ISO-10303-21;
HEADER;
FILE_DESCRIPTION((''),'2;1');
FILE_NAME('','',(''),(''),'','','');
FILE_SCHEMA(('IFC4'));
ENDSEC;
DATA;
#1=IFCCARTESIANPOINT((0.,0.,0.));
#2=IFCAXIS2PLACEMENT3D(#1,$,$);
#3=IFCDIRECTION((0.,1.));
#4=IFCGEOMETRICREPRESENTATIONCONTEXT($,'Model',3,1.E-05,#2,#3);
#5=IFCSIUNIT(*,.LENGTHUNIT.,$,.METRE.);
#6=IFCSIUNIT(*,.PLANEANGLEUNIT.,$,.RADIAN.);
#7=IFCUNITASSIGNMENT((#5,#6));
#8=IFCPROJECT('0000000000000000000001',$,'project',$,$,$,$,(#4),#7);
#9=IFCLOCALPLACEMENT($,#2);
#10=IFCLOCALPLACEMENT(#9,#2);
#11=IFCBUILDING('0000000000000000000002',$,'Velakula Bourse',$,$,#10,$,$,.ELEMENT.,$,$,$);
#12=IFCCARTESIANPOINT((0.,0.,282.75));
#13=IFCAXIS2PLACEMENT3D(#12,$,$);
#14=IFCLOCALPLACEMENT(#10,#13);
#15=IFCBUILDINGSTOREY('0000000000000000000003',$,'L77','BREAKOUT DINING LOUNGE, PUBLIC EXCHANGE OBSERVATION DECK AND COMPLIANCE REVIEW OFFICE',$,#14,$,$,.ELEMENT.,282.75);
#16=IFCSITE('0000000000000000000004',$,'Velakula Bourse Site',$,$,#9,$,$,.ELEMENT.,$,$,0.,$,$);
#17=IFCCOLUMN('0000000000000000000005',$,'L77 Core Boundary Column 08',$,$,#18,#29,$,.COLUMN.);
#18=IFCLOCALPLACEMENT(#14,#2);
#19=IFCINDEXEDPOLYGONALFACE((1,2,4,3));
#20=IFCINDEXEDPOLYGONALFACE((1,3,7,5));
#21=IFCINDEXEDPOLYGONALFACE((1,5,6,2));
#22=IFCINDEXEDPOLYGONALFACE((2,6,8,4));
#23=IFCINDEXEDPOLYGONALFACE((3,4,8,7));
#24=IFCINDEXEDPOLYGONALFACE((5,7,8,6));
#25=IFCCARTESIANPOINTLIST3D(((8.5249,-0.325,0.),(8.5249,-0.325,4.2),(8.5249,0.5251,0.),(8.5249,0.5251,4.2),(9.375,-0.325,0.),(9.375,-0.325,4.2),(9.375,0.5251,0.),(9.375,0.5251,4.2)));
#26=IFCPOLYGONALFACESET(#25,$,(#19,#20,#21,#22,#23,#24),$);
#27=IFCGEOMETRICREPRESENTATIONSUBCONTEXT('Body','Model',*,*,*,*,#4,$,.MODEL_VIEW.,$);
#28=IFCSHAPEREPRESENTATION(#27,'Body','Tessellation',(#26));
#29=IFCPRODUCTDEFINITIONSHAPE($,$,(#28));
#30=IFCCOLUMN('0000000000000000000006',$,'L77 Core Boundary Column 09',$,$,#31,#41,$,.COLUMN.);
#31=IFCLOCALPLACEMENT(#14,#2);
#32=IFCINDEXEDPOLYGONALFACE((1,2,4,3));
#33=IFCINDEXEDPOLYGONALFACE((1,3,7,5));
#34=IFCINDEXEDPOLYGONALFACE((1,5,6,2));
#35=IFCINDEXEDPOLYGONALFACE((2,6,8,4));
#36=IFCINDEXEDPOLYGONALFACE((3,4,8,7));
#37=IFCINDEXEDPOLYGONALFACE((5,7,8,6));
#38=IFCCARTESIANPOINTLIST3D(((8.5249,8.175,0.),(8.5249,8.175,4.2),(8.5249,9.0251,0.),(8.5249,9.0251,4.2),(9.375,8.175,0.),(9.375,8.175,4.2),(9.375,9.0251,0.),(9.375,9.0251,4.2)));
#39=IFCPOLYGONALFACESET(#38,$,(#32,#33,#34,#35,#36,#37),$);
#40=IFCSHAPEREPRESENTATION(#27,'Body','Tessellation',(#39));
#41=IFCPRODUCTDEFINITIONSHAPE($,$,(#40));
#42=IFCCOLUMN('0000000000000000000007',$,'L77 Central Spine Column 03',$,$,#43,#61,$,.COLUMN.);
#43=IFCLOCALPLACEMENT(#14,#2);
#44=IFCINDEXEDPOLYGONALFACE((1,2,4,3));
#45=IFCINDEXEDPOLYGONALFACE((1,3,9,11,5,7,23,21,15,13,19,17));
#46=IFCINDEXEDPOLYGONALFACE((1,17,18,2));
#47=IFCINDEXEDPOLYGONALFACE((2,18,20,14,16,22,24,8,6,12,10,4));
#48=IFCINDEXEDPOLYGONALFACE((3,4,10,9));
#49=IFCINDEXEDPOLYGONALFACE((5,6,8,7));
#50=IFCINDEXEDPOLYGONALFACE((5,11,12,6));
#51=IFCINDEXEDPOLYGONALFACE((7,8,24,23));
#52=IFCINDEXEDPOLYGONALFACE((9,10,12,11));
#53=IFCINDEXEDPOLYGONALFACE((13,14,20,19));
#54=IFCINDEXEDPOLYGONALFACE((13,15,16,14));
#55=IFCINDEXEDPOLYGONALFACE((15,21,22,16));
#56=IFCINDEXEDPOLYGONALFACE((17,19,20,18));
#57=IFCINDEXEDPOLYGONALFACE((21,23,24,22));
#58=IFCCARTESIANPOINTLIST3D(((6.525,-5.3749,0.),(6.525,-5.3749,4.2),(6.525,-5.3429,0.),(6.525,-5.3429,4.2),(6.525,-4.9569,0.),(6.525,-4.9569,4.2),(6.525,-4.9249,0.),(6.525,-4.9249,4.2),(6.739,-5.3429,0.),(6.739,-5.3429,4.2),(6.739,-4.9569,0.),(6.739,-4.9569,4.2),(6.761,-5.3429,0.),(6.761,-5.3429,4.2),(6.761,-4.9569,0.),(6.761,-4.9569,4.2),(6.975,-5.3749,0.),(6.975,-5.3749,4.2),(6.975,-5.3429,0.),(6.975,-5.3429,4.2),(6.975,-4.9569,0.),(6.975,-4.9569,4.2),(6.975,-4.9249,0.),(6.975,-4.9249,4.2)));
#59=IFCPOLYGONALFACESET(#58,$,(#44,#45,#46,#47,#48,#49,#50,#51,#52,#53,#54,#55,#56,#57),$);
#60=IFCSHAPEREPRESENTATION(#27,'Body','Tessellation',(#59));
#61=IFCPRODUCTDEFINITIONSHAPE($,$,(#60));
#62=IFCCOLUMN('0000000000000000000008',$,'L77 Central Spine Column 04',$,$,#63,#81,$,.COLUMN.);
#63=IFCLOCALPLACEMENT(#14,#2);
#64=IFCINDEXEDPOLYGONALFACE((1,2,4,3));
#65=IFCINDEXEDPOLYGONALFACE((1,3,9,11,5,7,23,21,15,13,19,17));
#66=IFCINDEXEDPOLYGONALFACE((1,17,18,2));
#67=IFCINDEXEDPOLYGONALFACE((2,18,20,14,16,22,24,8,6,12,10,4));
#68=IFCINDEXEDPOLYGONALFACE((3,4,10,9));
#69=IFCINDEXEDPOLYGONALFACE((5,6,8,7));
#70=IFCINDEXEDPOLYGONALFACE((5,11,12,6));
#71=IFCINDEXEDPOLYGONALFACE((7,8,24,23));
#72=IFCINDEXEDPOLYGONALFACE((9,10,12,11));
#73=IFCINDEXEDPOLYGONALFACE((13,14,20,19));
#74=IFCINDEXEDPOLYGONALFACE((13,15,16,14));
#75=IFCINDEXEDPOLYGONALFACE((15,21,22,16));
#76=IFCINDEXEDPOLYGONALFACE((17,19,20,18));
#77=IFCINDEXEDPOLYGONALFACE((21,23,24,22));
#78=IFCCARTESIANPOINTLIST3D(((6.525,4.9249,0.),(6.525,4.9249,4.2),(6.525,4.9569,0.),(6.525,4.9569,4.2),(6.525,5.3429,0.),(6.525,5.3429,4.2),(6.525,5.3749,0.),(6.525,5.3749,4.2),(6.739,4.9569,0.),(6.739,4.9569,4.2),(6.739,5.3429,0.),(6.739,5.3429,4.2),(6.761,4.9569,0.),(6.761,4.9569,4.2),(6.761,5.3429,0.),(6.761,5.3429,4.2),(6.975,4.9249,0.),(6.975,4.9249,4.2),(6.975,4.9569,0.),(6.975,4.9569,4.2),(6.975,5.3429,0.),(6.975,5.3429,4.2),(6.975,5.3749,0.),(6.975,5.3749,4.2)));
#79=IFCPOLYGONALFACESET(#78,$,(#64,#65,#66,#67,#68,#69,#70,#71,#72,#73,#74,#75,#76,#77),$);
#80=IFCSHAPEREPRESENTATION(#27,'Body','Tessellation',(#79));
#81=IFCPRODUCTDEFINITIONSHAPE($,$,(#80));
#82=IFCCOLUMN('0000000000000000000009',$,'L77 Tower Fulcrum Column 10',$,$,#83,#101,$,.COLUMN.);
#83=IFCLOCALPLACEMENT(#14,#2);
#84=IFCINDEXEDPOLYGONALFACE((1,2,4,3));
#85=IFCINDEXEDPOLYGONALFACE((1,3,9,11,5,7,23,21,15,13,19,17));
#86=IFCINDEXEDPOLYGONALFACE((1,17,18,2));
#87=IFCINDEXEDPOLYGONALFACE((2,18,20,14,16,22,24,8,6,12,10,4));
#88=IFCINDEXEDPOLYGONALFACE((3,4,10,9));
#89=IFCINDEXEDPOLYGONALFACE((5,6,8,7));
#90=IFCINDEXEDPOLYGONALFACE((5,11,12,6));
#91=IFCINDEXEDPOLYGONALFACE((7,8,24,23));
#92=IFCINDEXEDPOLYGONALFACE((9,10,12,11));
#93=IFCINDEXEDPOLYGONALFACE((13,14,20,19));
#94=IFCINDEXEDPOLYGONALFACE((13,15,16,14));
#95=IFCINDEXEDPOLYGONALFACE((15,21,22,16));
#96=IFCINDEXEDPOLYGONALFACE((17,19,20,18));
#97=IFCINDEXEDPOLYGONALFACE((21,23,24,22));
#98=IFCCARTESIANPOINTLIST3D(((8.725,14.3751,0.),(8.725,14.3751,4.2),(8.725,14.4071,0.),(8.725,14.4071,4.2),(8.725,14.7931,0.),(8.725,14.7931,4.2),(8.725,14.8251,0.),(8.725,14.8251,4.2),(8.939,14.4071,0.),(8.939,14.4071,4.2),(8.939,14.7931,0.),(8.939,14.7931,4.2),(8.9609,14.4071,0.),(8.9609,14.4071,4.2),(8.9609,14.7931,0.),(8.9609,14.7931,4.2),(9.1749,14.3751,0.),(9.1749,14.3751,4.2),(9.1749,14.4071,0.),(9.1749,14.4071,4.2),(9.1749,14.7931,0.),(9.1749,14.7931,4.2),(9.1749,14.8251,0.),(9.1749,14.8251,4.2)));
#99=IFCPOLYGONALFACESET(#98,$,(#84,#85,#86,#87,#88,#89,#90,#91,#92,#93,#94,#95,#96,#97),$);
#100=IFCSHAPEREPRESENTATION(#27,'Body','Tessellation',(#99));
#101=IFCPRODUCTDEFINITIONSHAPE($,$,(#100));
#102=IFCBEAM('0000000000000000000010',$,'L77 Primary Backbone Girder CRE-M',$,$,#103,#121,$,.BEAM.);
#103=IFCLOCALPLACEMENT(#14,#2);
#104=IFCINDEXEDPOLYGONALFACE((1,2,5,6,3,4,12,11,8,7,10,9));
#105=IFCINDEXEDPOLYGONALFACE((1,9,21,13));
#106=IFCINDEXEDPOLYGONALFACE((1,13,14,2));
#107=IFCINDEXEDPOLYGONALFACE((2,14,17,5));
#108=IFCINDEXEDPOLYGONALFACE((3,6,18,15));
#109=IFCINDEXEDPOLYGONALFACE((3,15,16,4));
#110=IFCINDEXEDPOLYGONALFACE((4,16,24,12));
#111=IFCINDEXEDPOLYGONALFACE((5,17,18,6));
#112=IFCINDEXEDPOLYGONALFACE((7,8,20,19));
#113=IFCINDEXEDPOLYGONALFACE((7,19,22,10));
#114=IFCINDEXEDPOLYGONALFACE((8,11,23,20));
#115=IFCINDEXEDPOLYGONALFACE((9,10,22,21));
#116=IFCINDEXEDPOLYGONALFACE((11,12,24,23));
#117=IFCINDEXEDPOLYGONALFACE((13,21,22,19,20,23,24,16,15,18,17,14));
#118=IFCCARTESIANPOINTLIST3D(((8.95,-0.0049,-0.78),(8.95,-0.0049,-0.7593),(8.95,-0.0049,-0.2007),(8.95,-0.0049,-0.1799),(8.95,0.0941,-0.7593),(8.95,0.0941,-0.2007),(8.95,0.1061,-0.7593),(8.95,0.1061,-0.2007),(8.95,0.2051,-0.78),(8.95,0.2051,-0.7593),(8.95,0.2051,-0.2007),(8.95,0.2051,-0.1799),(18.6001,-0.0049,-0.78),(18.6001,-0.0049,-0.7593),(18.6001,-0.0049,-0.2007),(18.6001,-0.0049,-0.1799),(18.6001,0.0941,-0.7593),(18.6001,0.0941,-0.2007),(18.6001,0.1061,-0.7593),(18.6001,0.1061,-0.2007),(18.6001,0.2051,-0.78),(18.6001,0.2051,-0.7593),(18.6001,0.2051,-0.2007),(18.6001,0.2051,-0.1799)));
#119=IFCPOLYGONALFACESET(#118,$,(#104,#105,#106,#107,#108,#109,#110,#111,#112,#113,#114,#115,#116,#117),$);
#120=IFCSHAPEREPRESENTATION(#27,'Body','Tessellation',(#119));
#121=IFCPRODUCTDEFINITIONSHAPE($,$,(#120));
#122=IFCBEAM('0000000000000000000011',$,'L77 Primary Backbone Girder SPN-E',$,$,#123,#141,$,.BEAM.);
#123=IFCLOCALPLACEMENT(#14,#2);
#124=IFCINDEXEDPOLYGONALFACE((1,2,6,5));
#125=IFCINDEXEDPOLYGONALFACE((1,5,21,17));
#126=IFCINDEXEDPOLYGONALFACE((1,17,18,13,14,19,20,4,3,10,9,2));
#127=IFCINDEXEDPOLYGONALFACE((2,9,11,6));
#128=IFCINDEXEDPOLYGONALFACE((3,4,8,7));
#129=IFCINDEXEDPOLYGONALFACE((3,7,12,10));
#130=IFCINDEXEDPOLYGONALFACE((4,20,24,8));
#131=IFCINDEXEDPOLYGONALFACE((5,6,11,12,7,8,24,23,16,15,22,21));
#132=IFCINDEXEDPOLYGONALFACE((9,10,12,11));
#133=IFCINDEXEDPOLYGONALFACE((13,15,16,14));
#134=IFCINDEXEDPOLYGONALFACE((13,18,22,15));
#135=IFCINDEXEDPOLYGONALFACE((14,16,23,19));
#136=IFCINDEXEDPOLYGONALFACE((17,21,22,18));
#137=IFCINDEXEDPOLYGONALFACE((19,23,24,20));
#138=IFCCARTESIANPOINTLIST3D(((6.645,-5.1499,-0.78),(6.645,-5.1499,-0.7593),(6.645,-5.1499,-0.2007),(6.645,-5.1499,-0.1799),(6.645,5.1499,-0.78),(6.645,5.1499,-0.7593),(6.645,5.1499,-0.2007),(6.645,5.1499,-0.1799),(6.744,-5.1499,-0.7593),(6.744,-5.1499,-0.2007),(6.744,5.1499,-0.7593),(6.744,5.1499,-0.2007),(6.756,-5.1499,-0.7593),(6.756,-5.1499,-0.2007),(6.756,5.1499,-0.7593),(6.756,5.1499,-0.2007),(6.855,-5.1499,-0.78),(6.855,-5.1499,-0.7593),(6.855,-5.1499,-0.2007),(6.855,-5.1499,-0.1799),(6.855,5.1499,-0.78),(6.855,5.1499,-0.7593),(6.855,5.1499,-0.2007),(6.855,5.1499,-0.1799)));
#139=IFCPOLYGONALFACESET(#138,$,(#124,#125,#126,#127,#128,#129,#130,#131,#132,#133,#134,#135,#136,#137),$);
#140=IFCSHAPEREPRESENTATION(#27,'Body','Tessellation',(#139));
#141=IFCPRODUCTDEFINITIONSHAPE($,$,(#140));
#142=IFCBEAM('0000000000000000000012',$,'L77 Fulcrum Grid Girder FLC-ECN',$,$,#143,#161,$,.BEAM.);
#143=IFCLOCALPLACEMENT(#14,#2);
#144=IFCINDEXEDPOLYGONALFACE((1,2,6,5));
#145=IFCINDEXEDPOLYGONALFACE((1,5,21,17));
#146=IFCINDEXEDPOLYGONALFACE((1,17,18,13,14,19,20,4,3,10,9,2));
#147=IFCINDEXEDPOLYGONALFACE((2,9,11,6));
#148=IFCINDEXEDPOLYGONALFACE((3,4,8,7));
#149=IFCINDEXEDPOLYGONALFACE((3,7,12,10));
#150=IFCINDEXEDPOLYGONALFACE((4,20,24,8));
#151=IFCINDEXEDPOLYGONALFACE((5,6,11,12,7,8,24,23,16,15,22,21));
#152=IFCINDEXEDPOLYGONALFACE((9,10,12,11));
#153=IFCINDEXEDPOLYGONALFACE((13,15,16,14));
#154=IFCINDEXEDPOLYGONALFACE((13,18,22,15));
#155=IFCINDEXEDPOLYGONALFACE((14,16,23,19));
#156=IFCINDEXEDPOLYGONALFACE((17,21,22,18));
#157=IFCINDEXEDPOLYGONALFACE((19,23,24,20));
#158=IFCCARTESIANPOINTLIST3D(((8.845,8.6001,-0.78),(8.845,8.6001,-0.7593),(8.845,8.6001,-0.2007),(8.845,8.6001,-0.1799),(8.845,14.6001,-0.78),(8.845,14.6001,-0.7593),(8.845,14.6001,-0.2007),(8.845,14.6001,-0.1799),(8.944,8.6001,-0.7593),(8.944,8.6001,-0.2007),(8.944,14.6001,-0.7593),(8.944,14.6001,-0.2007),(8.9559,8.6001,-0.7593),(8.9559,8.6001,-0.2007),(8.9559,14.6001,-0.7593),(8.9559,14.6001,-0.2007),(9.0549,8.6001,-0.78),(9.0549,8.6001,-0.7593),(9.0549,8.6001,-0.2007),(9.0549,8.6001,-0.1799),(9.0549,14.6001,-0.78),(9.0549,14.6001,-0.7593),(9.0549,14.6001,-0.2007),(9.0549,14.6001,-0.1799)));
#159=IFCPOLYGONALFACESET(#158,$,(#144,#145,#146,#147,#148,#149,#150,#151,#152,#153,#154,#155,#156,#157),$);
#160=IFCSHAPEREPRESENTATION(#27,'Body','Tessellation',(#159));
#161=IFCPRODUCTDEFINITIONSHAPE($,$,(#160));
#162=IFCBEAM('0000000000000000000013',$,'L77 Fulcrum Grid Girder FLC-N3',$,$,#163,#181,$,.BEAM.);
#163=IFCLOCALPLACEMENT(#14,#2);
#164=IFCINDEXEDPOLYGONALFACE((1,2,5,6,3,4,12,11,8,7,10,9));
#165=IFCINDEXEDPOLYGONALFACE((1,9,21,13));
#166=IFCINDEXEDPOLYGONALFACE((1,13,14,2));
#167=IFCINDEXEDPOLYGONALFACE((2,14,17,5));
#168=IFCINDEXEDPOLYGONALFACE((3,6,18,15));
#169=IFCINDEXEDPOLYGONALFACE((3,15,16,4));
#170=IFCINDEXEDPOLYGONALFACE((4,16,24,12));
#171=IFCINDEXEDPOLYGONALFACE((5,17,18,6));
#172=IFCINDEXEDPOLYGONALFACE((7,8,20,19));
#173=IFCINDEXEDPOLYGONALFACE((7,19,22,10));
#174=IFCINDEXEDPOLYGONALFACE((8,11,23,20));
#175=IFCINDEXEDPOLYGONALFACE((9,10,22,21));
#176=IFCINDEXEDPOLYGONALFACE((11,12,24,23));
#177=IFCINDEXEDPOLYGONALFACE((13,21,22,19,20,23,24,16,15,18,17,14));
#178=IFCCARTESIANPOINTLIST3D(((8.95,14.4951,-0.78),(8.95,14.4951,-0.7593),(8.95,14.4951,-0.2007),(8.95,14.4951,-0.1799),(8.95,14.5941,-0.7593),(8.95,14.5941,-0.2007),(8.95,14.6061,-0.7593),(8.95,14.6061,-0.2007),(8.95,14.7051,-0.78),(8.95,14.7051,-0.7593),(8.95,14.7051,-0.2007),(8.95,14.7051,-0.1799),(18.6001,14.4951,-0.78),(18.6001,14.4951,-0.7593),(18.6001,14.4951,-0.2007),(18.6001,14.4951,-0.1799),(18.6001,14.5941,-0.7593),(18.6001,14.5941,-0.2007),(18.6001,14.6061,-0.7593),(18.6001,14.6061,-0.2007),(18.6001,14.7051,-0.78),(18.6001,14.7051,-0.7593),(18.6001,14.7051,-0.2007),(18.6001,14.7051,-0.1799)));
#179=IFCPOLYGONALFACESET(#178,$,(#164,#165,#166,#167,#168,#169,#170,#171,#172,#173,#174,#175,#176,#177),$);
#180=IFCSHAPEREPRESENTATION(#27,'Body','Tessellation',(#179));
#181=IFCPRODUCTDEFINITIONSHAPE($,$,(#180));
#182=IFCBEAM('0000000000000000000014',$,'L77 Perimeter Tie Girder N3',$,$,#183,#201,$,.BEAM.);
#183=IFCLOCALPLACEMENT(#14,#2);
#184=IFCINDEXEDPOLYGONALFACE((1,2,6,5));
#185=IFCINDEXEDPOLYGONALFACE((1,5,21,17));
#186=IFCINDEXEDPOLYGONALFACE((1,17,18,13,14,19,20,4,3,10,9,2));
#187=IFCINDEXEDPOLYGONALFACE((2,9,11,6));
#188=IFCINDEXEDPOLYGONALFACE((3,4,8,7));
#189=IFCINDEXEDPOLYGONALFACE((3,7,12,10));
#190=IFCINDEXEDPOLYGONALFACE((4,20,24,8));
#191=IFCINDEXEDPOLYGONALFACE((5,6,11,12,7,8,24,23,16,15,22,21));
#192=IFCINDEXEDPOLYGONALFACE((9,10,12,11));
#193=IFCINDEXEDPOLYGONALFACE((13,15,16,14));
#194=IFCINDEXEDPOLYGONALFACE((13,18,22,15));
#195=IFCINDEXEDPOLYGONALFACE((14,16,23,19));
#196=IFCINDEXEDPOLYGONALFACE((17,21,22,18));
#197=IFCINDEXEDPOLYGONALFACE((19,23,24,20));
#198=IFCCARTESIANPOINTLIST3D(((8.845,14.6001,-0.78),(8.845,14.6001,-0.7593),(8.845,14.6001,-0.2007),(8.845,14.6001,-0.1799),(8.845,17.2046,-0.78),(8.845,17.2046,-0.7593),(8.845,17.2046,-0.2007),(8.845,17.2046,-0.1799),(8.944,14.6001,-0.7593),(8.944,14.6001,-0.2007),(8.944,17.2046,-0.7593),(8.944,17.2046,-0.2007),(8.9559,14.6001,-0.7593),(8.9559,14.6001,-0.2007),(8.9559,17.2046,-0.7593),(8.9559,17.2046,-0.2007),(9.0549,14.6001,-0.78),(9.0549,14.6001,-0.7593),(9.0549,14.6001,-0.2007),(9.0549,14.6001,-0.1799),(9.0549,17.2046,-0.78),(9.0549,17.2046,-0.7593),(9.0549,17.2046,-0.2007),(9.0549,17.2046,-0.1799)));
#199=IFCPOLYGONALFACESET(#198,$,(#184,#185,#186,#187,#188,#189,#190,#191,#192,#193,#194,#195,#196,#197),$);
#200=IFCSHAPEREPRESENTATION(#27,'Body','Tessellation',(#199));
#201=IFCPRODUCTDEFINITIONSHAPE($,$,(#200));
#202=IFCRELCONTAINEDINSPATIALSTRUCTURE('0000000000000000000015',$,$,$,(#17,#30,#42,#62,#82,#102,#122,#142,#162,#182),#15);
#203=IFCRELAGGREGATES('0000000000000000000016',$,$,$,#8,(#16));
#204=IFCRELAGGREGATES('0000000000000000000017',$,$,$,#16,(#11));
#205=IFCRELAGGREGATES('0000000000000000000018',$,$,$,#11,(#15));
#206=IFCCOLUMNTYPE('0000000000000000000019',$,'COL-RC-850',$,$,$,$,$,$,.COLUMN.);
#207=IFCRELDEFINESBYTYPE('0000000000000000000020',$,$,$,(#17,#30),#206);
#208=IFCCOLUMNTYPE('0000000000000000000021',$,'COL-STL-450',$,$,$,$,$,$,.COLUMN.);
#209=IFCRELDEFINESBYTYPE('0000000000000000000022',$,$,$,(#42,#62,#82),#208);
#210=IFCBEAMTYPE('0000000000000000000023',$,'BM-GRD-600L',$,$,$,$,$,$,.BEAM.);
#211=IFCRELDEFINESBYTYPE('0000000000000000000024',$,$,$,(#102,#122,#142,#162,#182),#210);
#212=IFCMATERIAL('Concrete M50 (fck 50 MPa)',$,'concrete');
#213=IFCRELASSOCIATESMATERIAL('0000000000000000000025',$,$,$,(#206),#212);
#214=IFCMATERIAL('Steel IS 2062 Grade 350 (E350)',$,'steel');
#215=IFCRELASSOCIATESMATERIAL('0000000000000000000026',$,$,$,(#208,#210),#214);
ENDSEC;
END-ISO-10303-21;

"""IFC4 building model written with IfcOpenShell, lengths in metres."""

from ifc_helpers import new_model, si_unit, direction, frame, origin, origin_2d, place, context, subcontext, project, spatial, rectangle, i_section, extrude, material, material_profile, profile_set, type_object, element, save


model = new_model("IFC4")

# Units and contexts
model_context = context("Model", 3, precision=1e-05, world=origin(), true_north=direction((0.0, 1.0)))
body_context = subcontext(model_context, "Body", "Model", "MODEL_VIEW")
ifc_project = project(units=[si_unit("LENGTHUNIT", "METRE"), si_unit("PLANEANGLEUNIT", "RADIAN")], contexts=[model_context])

# Site, building, storey
site_placement = place(None, origin())
site = spatial("IfcSite", under=ifc_project, at=site_placement, Name="Velakula Bourse Site", CompositionType="ELEMENT", RefElevation=0.0)
building_placement = place(site_placement, origin())
building = spatial("IfcBuilding", under=site, at=building_placement, Name="Velakula Bourse", CompositionType="ELEMENT")
storey_placement = place(building_placement, frame((0.0, 0.0, 282.75)))
storey = spatial("IfcBuildingStorey", under=building, at=storey_placement, Name="L77", Description="BREAKOUT DINING LOUNGE, PUBLIC EXCHANGE OBSERVATION DECK AND COMPLIANCE REVIEW OFFICE", CompositionType="ELEMENT", Elevation=282.75)

# Columns
ifc_material_1 = material(Name="Concrete M50 (fck 50 MPa)", Category="concrete")
ifc_material_profile_1 = material_profile(ifc_material_1, rectangle(XDim=0.8501, YDim=0.8501, at=origin_2d()), Name="Concrete M50 (fck 50 MPa)")
ifc_profile_set_1 = profile_set([ifc_material_profile_1], Name="Concrete M50 (fck 50 MPa)")
column_type_1 = type_object("IfcColumnType", Name="COL-RC-850", PredefinedType="COLUMN", material=ifc_profile_set_1)
for number, where, z_axis, x_axis, name in (
    (1, (8.95, 0.1001, 0.0), (0.0, 0.0, 1.0), (1.0, 0.0, 0.0), "L77 Core Boundary Column 08"),
    (2, (8.95, 8.6001, 0.0), (0.0, 0.0, 1.0), (1.0, 0.0, 0.0), "L77 Core Boundary Column 09"),
):
    element("IfcColumn", number, at=place(storey_placement, frame(where, z_axis=z_axis, x_axis=x_axis)), inside=storey, type_object=column_type_1, Name=name, PredefinedType="COLUMN", context=body_context, shape_type="SweptSolid", body=[
        extrude(rectangle(XDim=0.8501, YDim=0.8501, at=origin_2d()), origin(), (0.0, 0.0, 1.0), 4.2),
    ])
ifc_material_2 = material(Name="Steel IS 2062 Grade 350 (E350)", Category="steel")
ifc_material_profile_2 = material_profile(ifc_material_2, i_section(OverallWidth=0.45, OverallDepth=0.45, WebThickness=0.022, FlangeThickness=0.032, at=origin_2d()), Name="Steel IS 2062 Grade 350 (E350)")
ifc_profile_set_2 = profile_set([ifc_material_profile_2], Name="Steel IS 2062 Grade 350 (E350)")
column_type_2 = type_object("IfcColumnType", Name="COL-STL-450", PredefinedType="COLUMN", material=ifc_profile_set_2)
for number, where, z_axis, x_axis, name in (
    (3, (6.75, -5.1499, 0.0), (0.0, 0.0, 1.0), (1.0, 0.0, 0.0), "L77 Central Spine Column 03"),
    (4, (6.75, 5.1499, 0.0), (0.0, 0.0, 1.0), (1.0, 0.0, 0.0), "L77 Central Spine Column 04"),
    (5, (8.95, 14.6001, 0.0), (0.0, 0.0, 1.0), (1.0, 0.0, 0.0), "L77 Tower Fulcrum Column 10"),
):
    element("IfcColumn", number, at=place(storey_placement, frame(where, z_axis=z_axis, x_axis=x_axis)), inside=storey, type_object=column_type_2, Name=name, PredefinedType="COLUMN", context=body_context, shape_type="SweptSolid", body=[
        extrude(i_section(OverallWidth=0.45, OverallDepth=0.45, WebThickness=0.022, FlangeThickness=0.032, at=origin_2d()), origin(), (0.0, 0.0, 1.0), 4.2),
    ])

# Beams
ifc_material_profile_3 = material_profile(ifc_material_2, i_section(OverallWidth=0.21, OverallDepth=0.6001, WebThickness=0.012, FlangeThickness=0.0208, at=origin_2d()), Name="Steel IS 2062 Grade 350 (E350)")
ifc_profile_set_3 = profile_set([ifc_material_profile_3], Name="Steel IS 2062 Grade 350 (E350)")
beam_type_1 = type_object("IfcBeamType", Name="BM-GRD-600L", PredefinedType="BEAM", material=ifc_profile_set_3)
beam_1_placement = place(storey_placement, frame((8.95, 0.1001, -0.48), z_axis=(1.0, 0.0, 0.0), x_axis=(0.0, 1.0, 0.0)))
element("IfcBeam", 6, at=beam_1_placement, inside=storey, type_object=beam_type_1, Name="L77 Primary Backbone Girder CRE-M", PredefinedType="BEAM", context=body_context, shape_type="SweptSolid", body=[
    extrude(i_section(OverallWidth=0.21, OverallDepth=0.6001, WebThickness=0.012, FlangeThickness=0.0208, at=origin_2d()), origin(), (0.0, 0.0, 1.0), 9.6501),
])
beam_2_placement = place(storey_placement, frame((6.75, -5.1499, -0.48), z_axis=(0.0, 1.0, 0.0), x_axis=(-1.0, 0.0, 0.0)))
element("IfcBeam", 7, at=beam_2_placement, inside=storey, type_object=beam_type_1, Name="L77 Primary Backbone Girder SPN-E", PredefinedType="BEAM", context=body_context, shape_type="SweptSolid", body=[
    extrude(i_section(OverallWidth=0.21, OverallDepth=0.6001, WebThickness=0.012, FlangeThickness=0.0208, at=origin_2d()), origin(), (0.0, 0.0, 1.0), 10.2998),
])
beam_3_placement = place(storey_placement, frame((8.95, 8.6001, -0.48), z_axis=(0.0, 1.0, 0.0), x_axis=(-1.0, 0.0, 0.0)))
element("IfcBeam", 8, at=beam_3_placement, inside=storey, type_object=beam_type_1, Name="L77 Fulcrum Grid Girder FLC-ECN", PredefinedType="BEAM", context=body_context, shape_type="SweptSolid", body=[
    extrude(i_section(OverallWidth=0.21, OverallDepth=0.6001, WebThickness=0.012, FlangeThickness=0.0208, at=origin_2d()), origin(), (0.0, 0.0, 1.0), 6.0),
])
beam_4_placement = place(storey_placement, frame((8.95, 14.6001, -0.48), z_axis=(1.0, 0.0, 0.0), x_axis=(0.0, 1.0, 0.0)))
element("IfcBeam", 9, at=beam_4_placement, inside=storey, type_object=beam_type_1, Name="L77 Fulcrum Grid Girder FLC-N3", PredefinedType="BEAM", context=body_context, shape_type="SweptSolid", body=[
    extrude(i_section(OverallWidth=0.21, OverallDepth=0.6001, WebThickness=0.012, FlangeThickness=0.0208, at=origin_2d()), origin(), (0.0, 0.0, 1.0), 9.6501),
])
beam_5_placement = place(storey_placement, frame((8.95, 14.6001, -0.48), z_axis=(0.0, 1.0, 0.0), x_axis=(-1.0, 0.0, 0.0)))
element("IfcBeam", 10, at=beam_5_placement, inside=storey, type_object=beam_type_1, Name="L77 Perimeter Tie Girder N3", PredefinedType="BEAM", context=body_context, shape_type="SweptSolid", body=[
    extrude(i_section(OverallWidth=0.21, OverallDepth=0.6001, WebThickness=0.012, FlangeThickness=0.0208, at=origin_2d()), origin(), (0.0, 0.0, 1.0), 2.6045),
])

save(model, "model.ifc")
